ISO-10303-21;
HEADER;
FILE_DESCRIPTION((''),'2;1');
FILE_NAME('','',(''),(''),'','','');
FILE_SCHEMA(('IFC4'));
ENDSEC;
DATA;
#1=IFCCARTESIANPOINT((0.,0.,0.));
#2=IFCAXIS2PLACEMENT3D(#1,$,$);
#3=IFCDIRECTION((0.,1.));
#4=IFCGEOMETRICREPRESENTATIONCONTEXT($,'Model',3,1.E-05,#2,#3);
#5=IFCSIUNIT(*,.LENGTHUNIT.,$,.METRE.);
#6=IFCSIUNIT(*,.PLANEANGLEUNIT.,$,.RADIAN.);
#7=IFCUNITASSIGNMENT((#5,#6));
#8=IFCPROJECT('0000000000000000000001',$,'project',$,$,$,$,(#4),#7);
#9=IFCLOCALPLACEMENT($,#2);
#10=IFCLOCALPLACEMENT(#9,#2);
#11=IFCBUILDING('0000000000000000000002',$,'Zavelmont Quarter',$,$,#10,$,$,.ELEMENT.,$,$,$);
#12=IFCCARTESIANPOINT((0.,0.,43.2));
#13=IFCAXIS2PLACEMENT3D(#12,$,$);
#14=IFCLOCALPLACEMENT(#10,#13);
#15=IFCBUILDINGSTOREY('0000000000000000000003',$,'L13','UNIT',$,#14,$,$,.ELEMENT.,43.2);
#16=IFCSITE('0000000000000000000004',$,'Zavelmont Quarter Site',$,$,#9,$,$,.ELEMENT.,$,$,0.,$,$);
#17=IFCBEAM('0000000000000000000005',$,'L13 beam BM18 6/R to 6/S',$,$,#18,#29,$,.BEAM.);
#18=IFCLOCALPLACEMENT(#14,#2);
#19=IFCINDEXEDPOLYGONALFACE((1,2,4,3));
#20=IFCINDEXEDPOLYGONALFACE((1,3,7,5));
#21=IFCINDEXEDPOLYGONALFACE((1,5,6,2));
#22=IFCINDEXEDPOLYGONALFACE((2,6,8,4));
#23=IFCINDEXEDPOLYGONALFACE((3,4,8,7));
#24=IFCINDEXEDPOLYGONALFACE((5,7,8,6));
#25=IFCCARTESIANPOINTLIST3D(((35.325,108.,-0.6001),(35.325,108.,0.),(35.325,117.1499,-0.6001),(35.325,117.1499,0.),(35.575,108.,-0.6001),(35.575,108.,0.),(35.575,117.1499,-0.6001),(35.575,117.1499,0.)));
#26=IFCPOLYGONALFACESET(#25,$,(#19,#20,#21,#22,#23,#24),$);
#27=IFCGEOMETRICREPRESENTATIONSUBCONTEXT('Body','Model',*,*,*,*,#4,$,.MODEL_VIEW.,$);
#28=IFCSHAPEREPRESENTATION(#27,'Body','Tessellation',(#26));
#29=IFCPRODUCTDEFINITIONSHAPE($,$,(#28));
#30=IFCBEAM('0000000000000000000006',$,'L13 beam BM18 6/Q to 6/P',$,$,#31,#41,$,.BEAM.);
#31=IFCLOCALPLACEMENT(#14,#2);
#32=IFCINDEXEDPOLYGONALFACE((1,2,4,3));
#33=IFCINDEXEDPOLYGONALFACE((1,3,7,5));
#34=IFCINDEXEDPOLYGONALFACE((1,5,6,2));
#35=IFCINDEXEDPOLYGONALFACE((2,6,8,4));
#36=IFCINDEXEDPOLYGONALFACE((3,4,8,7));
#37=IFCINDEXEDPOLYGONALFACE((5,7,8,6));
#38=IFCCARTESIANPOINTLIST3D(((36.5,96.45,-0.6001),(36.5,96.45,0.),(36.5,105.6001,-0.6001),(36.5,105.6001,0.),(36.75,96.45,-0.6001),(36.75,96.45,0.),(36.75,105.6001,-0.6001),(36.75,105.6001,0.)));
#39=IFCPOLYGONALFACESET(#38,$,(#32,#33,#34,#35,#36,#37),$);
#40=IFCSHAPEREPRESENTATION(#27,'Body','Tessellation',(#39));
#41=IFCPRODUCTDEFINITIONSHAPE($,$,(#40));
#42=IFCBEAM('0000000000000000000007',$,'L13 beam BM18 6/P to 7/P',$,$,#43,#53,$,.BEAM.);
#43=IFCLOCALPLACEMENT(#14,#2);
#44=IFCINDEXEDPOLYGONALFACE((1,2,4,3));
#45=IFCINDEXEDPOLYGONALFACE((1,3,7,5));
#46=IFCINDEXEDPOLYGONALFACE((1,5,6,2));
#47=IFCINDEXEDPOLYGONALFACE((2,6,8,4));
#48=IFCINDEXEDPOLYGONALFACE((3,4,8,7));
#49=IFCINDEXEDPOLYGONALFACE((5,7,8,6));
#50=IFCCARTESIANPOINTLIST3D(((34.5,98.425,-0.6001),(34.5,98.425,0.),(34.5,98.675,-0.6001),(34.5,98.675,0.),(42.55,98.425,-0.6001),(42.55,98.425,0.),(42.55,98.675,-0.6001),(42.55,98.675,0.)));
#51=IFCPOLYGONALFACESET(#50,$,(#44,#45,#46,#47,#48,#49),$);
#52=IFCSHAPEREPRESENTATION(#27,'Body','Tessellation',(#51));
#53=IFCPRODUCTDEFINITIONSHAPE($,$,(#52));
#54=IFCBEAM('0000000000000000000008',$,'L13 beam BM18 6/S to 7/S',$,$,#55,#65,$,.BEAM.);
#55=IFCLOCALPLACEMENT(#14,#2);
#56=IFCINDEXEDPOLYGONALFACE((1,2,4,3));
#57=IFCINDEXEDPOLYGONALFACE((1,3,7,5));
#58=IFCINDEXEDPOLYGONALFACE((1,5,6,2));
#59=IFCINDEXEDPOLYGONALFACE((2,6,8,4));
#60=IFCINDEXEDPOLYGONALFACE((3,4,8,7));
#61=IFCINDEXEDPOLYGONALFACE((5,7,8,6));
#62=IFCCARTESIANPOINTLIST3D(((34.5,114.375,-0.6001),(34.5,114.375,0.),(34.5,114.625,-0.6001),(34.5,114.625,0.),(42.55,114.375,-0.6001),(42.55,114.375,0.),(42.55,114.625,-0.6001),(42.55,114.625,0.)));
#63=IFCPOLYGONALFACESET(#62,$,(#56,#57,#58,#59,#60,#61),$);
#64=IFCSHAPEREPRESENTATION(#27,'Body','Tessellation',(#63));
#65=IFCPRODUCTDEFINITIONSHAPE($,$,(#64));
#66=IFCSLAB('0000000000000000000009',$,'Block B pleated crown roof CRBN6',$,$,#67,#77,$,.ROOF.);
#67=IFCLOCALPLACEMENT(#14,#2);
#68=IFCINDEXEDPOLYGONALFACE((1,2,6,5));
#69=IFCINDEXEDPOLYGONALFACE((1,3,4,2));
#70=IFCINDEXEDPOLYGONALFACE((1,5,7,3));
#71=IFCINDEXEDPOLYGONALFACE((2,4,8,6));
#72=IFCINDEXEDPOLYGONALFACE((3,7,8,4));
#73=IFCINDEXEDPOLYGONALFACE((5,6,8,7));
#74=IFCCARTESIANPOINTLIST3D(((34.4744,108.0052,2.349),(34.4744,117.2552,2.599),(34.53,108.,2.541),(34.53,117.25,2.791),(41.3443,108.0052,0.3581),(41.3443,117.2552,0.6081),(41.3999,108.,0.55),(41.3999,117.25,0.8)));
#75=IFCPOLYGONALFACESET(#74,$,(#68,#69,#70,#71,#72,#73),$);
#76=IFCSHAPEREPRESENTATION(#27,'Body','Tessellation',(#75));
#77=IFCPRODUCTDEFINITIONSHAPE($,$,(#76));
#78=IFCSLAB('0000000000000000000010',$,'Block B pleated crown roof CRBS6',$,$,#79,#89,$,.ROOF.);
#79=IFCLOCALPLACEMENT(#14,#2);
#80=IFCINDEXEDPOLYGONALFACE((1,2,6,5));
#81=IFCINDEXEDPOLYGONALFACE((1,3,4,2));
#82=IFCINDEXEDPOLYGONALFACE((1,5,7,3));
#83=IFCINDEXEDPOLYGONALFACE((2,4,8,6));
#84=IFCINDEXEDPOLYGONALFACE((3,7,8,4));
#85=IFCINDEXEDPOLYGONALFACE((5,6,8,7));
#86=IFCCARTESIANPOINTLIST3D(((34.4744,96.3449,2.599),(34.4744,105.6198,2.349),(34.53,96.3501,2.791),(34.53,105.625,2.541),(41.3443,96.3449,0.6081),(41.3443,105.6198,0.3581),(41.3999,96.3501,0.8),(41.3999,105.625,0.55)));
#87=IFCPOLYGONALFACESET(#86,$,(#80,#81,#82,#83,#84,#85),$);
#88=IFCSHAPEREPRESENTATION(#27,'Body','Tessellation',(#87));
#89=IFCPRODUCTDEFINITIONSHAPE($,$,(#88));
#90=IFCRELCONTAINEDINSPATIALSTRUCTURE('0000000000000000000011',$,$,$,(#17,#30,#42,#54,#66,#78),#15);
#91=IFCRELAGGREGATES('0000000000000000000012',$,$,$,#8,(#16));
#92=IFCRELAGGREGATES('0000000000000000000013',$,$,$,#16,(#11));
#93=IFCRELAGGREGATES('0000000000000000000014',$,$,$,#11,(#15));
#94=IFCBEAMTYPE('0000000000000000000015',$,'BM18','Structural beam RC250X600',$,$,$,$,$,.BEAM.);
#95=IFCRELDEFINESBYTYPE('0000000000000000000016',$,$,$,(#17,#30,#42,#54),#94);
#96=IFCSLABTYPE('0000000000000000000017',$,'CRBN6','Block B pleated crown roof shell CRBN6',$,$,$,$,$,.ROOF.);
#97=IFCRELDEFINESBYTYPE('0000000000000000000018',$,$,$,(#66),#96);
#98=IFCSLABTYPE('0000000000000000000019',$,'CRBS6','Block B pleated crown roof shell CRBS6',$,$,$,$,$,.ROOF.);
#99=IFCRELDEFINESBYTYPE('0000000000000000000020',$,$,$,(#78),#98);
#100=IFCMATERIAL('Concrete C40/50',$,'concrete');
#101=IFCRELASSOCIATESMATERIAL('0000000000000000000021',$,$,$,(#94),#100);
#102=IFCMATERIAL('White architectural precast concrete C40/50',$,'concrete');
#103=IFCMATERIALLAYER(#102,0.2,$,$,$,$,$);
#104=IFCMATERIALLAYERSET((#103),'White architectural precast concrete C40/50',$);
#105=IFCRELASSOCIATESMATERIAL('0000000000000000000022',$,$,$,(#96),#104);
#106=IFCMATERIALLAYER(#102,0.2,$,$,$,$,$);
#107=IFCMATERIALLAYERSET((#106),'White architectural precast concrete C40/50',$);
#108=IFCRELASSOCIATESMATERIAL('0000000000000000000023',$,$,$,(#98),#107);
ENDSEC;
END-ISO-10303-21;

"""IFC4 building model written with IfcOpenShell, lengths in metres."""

from ifc_helpers import new_model, si_unit, direction, frame, origin, origin_2d, place, context, subcontext, project, spatial, polyline, rectangle, outline, extrude, material, layer, layer_set, material_profile, profile_set, type_object, element, save


model = new_model("IFC4")

# Units and contexts
model_context = context("Model", 3, precision=1e-05, world=origin(), true_north=direction((0.0, 1.0)))
body_context = subcontext(model_context, "Body", "Model", "MODEL_VIEW")
ifc_project = project(units=[si_unit("LENGTHUNIT", "METRE"), si_unit("PLANEANGLEUNIT", "RADIAN")], contexts=[model_context])

# Site, building, storey
site_placement = place(None, origin())
site = spatial("IfcSite", under=ifc_project, at=site_placement, Name="Zavelmont Quarter Site", CompositionType="ELEMENT", RefElevation=0.0)
building_placement = place(site_placement, origin())
building = spatial("IfcBuilding", under=site, at=building_placement, Name="Zavelmont Quarter", CompositionType="ELEMENT")
storey_placement = place(building_placement, frame((0.0, 0.0, 43.2)))
storey = spatial("IfcBuildingStorey", under=building, at=storey_placement, Name="L13", Description="UNIT", CompositionType="ELEMENT", Elevation=43.2)

# Beams
ifc_material_1 = material(Name="Concrete C40/50", Category="concrete")
ifc_material_profile_1 = material_profile(ifc_material_1, rectangle(XDim=0.25, YDim=0.6001, at=origin_2d()), Name="RC250X600")
ifc_profile_set_1 = profile_set([ifc_material_profile_1], Name="Concrete C40/50")
beam_type_1 = type_object("IfcBeamType", Name="BM18", Description="Structural beam RC250X600", PredefinedType="BEAM", material=ifc_profile_set_1)
beam_1_placement = place(storey_placement, frame((35.45, 108.0, -0.3), z_axis=(0.0, 1.0, 0.0), x_axis=(-1.0, 0.0, 0.0)))
element("IfcBeam", 1, at=beam_1_placement, inside=storey, type_object=beam_type_1, Name="L13 beam BM18 6/R to 6/S", PredefinedType="BEAM", context=body_context, shape_type="SweptSolid", body=[
    extrude(rectangle(XDim=0.25, YDim=0.6001, at=origin_2d()), origin(), (0.0, 0.0, 1.0), 9.1499),
])
beam_2_placement = place(storey_placement, frame((36.625, 105.6001, -0.3), z_axis=(0.0, -1.0, 0.0), x_axis=(1.0, 0.0, 0.0)))
element("IfcBeam", 2, at=beam_2_placement, inside=storey, type_object=beam_type_1, Name="L13 beam BM18 6/Q to 6/P", PredefinedType="BEAM", context=body_context, shape_type="SweptSolid", body=[
    extrude(rectangle(XDim=0.25, YDim=0.6001, at=origin_2d()), origin(), (0.0, 0.0, 1.0), 9.1501),
])
for number, where, z_axis, x_axis, name in (
    (3, (34.5, 98.55, -0.3), (1.0, 0.0, 0.0), (0.0, 1.0, 0.0), "L13 beam BM18 6/P to 7/P"),
    (4, (34.5, 114.5, -0.3), (1.0, 0.0, 0.0), (0.0, 1.0, 0.0), "L13 beam BM18 6/S to 7/S"),
):
    element("IfcBeam", number, at=place(storey_placement, frame(where, z_axis=z_axis, x_axis=x_axis)), inside=storey, type_object=beam_type_1, Name=name, PredefinedType="BEAM", context=body_context, shape_type="SweptSolid", body=[
        extrude(rectangle(XDim=0.25, YDim=0.6001, at=origin_2d()), origin(), (0.0, 0.0, 1.0), 8.05),
    ])

# Slabs
ifc_material_2 = material(Name="White architectural precast concrete C40/50", Category="concrete")
ifc_layer_1 = layer(ifc_material_2, 0.2)
ifc_layer_set_1 = layer_set([ifc_layer_1], Name="White architectural precast concrete C40/50")
slab_type_1 = type_object("IfcSlabType", Name="CRBN6", Description="Block B pleated crown roof shell CRBN6", PredefinedType="ROOF", material=ifc_layer_set_1)
slab_1_placement = place(storey_placement, frame((34.53, 108.0, 2.541), z_axis=(0.278264, -0.02595, 0.960154), x_axis=(0.960478, 0.0, -0.278357)))
element("IfcSlab", 5, at=slab_1_placement, inside=storey, type_object=slab_type_1, Name="Block B pleated crown roof CRBN6", PredefinedType="ROOF", context=body_context, shape_type="SweptSolid", body=[
    extrude(outline(polyline([(0.0, 0.0), (7.1526, 0.0), (7.083, 9.2531), (-0.0696, 9.2531), (0.0, 0.0)])), origin(), (0.0, 0.0, -1.0), 0.2),
])
ifc_layer_2 = layer(ifc_material_2, 0.2)
ifc_layer_set_2 = layer_set([ifc_layer_2], Name="White architectural precast concrete C40/50")
slab_type_2 = type_object("IfcSlabType", Name="CRBS6", Description="Block B pleated crown roof shell CRBS6", PredefinedType="ROOF", material=ifc_layer_set_2)
slab_2_placement = place(storey_placement, frame((34.53, 96.3501, 2.791), z_axis=(0.278264, 0.02588, 0.960156), x_axis=(0.960478, 0.0, -0.278357)))
element("IfcSlab", 6, at=slab_2_placement, inside=storey, type_object=slab_type_2, Name="Block B pleated crown roof CRBS6", PredefinedType="ROOF", context=body_context, shape_type="SweptSolid", body=[
    extrude(outline(polyline([(0.0, 0.0), (7.1526, 0.0), (7.2221, 9.278), (0.0696, 9.278), (0.0, 0.0)])), origin(), (0.0, 0.0, -1.0), 0.2),
])

save(model, "model.ifc")
